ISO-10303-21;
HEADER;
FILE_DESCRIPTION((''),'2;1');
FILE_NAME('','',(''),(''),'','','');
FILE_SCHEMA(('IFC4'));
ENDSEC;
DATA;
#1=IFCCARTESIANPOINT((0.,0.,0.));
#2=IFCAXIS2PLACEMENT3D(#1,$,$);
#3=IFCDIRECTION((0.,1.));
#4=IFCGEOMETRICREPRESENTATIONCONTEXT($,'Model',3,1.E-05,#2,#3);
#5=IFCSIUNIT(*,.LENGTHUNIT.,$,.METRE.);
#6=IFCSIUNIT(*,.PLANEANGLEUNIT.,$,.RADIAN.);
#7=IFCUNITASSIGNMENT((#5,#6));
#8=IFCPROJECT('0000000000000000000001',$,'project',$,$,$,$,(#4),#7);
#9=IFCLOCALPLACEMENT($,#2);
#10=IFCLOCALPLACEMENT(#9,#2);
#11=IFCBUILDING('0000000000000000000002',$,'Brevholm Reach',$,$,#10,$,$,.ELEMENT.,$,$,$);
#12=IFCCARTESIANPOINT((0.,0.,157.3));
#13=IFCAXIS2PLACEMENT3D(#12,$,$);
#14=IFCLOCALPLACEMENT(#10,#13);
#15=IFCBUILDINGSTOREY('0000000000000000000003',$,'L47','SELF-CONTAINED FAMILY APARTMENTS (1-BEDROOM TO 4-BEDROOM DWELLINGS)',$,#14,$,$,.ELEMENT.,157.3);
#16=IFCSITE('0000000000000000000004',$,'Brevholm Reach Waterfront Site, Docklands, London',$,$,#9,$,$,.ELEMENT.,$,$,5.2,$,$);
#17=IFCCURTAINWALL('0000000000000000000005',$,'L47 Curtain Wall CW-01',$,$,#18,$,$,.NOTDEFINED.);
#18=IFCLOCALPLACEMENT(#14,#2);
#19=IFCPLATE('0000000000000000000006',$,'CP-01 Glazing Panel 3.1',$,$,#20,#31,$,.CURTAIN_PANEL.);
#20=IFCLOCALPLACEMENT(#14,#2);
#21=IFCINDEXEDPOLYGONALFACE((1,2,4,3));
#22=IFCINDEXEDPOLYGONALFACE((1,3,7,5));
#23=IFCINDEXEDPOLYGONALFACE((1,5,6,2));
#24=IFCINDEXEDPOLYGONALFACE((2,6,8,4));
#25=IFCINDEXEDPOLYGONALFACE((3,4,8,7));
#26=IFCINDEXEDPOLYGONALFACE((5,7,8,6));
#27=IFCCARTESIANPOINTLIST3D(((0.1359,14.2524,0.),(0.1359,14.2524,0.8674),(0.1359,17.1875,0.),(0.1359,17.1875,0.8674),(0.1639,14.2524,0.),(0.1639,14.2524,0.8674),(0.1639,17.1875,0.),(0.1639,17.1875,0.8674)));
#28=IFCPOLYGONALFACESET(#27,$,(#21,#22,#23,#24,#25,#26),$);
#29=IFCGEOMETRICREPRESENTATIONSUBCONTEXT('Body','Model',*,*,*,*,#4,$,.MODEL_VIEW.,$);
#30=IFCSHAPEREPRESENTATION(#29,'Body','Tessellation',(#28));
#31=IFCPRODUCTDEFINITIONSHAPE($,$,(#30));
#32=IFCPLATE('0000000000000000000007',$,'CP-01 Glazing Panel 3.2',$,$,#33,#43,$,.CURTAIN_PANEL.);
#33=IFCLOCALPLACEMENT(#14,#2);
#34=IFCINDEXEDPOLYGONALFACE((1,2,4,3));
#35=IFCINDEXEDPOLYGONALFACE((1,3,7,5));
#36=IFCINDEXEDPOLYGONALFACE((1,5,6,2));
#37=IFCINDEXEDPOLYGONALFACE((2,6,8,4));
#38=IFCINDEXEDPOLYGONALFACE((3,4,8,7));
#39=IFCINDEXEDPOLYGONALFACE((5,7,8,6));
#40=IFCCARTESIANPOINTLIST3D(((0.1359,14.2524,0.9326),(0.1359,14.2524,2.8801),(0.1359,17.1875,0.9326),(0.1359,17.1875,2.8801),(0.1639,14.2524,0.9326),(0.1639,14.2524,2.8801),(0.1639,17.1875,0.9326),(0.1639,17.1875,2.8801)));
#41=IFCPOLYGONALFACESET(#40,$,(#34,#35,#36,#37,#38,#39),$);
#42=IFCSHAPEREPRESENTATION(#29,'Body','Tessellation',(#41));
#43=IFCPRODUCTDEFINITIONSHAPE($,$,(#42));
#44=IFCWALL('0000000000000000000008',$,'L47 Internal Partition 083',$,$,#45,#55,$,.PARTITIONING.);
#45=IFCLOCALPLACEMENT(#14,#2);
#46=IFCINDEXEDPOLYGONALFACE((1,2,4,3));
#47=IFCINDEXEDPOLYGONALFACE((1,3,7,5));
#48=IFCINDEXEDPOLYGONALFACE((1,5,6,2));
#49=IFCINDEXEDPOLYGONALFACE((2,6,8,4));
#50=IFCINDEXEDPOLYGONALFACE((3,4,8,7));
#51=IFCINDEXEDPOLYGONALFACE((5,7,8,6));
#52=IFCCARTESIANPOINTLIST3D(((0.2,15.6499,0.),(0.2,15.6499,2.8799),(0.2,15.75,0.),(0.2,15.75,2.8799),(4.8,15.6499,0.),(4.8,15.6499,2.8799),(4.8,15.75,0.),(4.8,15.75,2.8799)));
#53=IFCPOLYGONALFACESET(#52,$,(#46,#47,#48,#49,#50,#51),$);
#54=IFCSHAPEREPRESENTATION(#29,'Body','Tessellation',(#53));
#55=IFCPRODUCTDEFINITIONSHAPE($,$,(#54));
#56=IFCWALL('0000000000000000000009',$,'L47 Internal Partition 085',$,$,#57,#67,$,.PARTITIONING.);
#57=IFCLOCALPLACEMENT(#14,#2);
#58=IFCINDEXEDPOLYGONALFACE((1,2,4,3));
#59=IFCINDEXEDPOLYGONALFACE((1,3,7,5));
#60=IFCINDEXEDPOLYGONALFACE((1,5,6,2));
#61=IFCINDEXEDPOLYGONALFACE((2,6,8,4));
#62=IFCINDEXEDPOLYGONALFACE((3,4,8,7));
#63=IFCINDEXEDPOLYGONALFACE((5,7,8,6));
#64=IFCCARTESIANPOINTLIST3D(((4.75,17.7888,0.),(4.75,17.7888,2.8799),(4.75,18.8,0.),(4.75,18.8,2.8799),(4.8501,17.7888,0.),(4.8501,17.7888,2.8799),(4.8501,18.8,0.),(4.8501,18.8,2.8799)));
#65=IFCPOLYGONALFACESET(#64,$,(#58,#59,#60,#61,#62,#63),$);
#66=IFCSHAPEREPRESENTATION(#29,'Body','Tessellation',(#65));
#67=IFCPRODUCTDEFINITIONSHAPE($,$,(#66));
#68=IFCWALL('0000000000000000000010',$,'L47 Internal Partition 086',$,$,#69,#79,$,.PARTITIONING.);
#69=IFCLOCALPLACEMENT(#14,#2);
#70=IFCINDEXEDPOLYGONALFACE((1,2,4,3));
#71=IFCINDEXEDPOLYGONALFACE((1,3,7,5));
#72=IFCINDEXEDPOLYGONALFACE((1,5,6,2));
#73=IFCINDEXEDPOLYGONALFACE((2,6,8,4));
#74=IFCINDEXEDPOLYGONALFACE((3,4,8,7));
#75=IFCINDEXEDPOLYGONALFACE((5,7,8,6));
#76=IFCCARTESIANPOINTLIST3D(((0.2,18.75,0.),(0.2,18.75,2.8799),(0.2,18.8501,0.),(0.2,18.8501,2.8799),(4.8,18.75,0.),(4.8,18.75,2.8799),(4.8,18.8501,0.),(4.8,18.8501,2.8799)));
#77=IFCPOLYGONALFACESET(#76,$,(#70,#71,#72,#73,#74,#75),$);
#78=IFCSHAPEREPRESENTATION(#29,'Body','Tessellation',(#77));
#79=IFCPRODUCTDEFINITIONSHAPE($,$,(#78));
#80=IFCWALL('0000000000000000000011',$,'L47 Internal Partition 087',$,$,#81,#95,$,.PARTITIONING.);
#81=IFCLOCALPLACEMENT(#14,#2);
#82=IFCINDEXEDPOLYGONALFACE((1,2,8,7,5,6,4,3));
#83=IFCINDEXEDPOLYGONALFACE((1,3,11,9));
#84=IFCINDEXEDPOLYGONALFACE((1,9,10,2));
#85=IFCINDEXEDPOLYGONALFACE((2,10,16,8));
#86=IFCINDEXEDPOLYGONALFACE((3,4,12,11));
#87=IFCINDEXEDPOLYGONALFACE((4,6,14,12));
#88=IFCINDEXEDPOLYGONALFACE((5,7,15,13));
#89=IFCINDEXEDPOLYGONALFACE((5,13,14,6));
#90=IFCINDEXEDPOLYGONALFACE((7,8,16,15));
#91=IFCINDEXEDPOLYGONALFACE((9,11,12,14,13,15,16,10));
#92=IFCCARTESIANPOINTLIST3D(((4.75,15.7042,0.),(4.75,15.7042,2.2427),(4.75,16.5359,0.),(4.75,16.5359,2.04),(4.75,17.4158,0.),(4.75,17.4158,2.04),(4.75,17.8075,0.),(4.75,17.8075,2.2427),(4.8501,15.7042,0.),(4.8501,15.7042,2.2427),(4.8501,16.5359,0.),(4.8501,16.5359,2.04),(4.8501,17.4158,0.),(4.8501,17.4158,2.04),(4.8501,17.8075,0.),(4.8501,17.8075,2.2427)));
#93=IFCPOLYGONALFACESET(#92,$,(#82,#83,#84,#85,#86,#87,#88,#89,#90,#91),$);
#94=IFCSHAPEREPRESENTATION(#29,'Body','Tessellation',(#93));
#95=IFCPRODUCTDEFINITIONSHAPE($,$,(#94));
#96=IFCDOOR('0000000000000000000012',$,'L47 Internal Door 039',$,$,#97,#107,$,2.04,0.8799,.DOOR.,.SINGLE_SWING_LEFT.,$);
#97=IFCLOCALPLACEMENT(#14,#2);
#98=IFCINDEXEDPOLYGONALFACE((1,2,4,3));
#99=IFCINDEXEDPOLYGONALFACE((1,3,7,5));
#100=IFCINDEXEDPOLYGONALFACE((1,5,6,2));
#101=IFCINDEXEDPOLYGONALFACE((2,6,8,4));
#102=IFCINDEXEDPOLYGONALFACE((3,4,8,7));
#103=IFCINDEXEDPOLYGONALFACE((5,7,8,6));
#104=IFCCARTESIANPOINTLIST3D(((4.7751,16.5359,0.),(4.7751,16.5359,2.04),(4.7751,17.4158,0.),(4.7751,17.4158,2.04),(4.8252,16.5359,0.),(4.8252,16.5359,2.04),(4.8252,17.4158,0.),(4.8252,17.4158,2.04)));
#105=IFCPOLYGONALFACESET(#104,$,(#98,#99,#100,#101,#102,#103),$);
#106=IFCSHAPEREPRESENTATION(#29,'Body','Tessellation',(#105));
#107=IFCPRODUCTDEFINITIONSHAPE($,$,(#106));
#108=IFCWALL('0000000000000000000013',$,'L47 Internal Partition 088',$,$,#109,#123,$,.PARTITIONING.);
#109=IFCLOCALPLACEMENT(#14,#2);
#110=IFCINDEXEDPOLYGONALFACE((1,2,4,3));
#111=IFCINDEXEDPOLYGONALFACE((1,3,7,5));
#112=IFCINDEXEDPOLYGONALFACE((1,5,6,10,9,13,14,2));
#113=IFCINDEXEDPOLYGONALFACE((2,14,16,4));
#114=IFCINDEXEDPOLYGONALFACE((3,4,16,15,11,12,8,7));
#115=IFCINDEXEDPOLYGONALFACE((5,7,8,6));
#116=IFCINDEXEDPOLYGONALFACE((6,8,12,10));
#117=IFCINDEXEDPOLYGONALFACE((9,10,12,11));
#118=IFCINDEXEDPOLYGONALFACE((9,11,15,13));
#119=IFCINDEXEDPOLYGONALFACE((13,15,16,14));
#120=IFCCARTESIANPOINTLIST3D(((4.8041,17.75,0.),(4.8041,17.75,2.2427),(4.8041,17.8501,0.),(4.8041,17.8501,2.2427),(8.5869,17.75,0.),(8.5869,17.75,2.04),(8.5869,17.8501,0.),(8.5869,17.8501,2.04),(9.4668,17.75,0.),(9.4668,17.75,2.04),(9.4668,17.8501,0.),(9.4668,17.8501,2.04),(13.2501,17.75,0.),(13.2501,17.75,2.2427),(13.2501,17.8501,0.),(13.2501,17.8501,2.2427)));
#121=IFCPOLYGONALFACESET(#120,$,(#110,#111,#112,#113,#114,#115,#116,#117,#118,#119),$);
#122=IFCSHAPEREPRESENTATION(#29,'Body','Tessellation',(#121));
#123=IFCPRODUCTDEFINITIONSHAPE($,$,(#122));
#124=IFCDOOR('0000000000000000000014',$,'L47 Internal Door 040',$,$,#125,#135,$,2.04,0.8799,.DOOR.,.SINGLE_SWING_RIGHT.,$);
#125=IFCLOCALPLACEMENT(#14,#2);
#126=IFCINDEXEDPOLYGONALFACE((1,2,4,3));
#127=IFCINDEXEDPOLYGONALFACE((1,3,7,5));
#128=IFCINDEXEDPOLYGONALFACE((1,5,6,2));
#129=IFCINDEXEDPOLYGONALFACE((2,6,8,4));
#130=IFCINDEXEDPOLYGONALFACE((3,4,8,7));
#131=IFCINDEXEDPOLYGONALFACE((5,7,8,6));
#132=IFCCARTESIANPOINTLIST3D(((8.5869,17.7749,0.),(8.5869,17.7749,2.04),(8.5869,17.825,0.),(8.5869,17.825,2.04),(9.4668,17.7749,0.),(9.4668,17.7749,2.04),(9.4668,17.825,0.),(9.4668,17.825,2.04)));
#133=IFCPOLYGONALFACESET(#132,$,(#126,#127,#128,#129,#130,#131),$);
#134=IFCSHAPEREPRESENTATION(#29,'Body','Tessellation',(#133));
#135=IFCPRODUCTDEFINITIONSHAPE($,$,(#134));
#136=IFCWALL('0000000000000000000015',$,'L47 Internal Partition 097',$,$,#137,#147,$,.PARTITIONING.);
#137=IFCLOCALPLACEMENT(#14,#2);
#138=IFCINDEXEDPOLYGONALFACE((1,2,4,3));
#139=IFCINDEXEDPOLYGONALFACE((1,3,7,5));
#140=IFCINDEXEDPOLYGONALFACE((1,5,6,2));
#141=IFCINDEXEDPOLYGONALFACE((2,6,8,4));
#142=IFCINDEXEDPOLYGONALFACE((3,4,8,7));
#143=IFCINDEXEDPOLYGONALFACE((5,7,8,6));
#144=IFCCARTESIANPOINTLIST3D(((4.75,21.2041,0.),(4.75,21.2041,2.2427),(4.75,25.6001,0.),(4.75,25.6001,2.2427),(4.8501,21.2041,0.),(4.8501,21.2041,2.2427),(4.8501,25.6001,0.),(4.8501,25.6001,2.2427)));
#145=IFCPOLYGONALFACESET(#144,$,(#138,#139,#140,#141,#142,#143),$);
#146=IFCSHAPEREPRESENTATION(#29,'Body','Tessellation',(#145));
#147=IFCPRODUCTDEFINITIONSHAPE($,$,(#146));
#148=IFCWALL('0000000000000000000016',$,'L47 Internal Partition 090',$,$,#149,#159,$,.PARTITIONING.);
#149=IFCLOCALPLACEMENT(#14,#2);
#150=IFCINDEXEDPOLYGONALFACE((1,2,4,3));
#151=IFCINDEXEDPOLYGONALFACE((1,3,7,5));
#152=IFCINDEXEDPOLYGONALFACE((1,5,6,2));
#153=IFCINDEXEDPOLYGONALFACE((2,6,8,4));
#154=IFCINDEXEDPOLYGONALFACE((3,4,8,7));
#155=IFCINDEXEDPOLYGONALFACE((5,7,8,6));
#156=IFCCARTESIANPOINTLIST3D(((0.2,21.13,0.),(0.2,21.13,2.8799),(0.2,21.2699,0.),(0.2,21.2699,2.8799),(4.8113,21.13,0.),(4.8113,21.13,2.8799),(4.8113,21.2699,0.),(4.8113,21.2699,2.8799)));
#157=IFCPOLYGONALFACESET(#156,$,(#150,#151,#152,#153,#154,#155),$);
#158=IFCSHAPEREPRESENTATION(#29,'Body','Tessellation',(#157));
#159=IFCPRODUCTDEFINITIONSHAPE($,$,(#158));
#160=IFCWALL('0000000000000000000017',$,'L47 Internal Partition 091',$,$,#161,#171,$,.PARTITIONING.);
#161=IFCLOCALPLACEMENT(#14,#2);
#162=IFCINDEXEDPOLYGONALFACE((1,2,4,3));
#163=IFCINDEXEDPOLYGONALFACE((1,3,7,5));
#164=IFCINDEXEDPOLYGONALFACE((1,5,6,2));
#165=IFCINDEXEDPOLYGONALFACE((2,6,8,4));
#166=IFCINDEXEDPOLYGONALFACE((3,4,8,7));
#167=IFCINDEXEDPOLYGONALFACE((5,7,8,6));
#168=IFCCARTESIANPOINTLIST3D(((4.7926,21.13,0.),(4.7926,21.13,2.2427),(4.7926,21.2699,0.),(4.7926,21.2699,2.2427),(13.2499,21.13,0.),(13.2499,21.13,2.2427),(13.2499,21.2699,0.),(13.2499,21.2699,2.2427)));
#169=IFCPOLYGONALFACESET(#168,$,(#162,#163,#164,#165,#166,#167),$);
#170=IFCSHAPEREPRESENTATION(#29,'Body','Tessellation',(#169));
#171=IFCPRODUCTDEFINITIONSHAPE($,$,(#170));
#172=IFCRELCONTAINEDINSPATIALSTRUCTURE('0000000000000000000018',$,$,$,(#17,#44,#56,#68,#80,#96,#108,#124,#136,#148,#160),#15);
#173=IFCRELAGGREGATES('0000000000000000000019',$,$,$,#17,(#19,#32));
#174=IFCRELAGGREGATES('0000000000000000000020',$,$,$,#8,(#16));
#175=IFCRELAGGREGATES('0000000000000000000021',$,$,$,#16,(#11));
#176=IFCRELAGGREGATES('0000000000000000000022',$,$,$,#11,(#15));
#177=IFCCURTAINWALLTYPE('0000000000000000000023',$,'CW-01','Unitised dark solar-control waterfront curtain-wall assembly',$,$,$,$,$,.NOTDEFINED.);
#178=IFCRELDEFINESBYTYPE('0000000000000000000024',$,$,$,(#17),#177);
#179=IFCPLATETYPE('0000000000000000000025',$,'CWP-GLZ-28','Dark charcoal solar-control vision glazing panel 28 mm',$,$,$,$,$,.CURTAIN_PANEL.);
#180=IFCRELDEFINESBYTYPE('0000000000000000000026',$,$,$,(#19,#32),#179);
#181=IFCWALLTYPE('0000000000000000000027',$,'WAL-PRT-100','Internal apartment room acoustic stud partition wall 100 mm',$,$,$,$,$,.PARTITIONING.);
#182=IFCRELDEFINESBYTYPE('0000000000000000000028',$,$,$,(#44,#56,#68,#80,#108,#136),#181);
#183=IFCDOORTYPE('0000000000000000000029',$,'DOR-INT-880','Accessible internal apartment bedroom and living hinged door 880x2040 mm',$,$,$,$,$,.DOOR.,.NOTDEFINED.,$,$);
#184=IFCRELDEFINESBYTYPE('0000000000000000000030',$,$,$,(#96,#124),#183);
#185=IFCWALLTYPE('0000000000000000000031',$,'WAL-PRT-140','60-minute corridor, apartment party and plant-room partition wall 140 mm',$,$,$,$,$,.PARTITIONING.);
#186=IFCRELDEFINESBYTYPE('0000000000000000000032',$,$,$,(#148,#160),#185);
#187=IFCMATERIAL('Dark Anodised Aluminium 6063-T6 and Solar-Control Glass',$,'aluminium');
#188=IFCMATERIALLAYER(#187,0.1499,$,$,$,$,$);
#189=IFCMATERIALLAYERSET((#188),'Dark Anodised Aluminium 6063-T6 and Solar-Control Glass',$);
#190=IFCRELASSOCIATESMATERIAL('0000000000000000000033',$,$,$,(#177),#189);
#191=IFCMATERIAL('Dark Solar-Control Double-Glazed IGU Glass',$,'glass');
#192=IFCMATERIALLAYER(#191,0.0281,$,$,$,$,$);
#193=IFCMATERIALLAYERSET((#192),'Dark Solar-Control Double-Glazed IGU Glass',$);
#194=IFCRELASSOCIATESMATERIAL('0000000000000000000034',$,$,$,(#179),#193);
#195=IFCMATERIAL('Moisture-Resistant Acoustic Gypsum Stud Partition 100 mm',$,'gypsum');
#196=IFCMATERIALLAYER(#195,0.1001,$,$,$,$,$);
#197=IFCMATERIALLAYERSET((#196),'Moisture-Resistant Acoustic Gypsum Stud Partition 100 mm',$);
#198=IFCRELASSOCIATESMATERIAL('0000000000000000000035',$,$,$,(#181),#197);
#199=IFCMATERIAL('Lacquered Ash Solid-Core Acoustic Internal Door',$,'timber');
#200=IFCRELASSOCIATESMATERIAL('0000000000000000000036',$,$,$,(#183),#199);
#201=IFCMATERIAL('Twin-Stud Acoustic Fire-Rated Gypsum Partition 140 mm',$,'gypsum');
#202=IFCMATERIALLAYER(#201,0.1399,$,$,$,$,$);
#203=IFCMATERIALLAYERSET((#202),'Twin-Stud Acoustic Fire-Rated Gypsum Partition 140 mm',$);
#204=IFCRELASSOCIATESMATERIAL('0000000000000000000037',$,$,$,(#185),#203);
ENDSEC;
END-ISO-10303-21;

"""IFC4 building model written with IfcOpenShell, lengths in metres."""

from ifc_helpers import new_model, si_unit, direction, frame, frame_2d, origin, origin_2d, place, context, subcontext, project, spatial, rectangle, extrude, material, layer, layer_set, type_object, element, fill, aggregate, save


model = new_model("IFC4")

# Units and contexts
model_context = context("Model", 3, precision=1e-05, world=origin(), true_north=direction((0.0, 1.0)))
body_context = subcontext(model_context, "Body", "Model", "MODEL_VIEW")
ifc_project = project(units=[si_unit("LENGTHUNIT", "METRE"), si_unit("PLANEANGLEUNIT", "RADIAN")], contexts=[model_context])

# Site, building, storey
site_placement = place(None, origin())
site = spatial("IfcSite", under=ifc_project, at=site_placement, Name="Brevholm Reach Waterfront Site, Docklands, London", CompositionType="ELEMENT", RefElevation=5.2)
building_placement = place(site_placement, origin())
building = spatial("IfcBuilding", under=site, at=building_placement, Name="Brevholm Reach", CompositionType="ELEMENT")
storey_placement = place(building_placement, frame((0.0, 0.0, 157.3)))
storey = spatial("IfcBuildingStorey", under=building, at=storey_placement, Name="L47", Description="SELF-CONTAINED FAMILY APARTMENTS (1-BEDROOM TO 4-BEDROOM DWELLINGS)", CompositionType="ELEMENT", Elevation=157.3)

# Curtain wall, plates
ifc_material_1 = material(Name="Dark Anodised Aluminium 6063-T6 and Solar-Control Glass", Category="aluminium")
ifc_layer_1 = layer(ifc_material_1, 0.1499)
ifc_layer_set_1 = layer_set([ifc_layer_1], Name="Dark Anodised Aluminium 6063-T6 and Solar-Control Glass")
curtain_wall_type = type_object("IfcCurtainWallType", Name="CW-01", Description="Unitised dark solar-control waterfront curtain-wall assembly", PredefinedType="NOTDEFINED", material=ifc_layer_set_1)
curtain_wall_placement = place(storey_placement, origin())
curtain_wall = element("IfcCurtainWall", 1, at=curtain_wall_placement, inside=storey, type_object=curtain_wall_type, Name="L47 Curtain Wall CW-01", PredefinedType="NOTDEFINED")
ifc_material_2 = material(Name="Dark Solar-Control Double-Glazed IGU Glass", Category="glass")
ifc_layer_2 = layer(ifc_material_2, 0.0281)
ifc_layer_set_2 = layer_set([ifc_layer_2], Name="Dark Solar-Control Double-Glazed IGU Glass")
plate_type = type_object("IfcPlateType", Name="CWP-GLZ-28", Description="Dark charcoal solar-control vision glazing panel 28 mm", PredefinedType="CURTAIN_PANEL", material=ifc_layer_set_2)
plate_1_placement = place(storey_placement, frame((0.1499, 15.72, 0.0), z_axis=(0.0, 0.0, 1.0), x_axis=(0.0, -1.0, 0.0)))
plate_1 = element("IfcPlate", 2, at=plate_1_placement, type_object=plate_type, Name="CP-01 Glazing Panel 3.1", PredefinedType="CURTAIN_PANEL", context=body_context, shape_type="SweptSolid", body=[
    extrude(rectangle(XDim=2.9351, YDim=0.0281, at=origin_2d()), origin(), (0.0, 0.0, 1.0), 0.8674),
])
plate_2_placement = place(storey_placement, frame((0.1499, 15.72, 0.9326), z_axis=(0.0, 0.0, 1.0), x_axis=(0.0, -1.0, 0.0)))
plate_2 = element("IfcPlate", 3, at=plate_2_placement, type_object=plate_type, Name="CP-01 Glazing Panel 3.2", PredefinedType="CURTAIN_PANEL", context=body_context, shape_type="SweptSolid", body=[
    extrude(rectangle(XDim=2.9351, YDim=0.0281, at=origin_2d()), origin(), (0.0, 0.0, 1.0), 1.9475),
])
aggregate(curtain_wall, [plate_1, plate_2])

# Walls
ifc_material_3 = material(Name="Moisture-Resistant Acoustic Gypsum Stud Partition 100 mm", Category="gypsum")
ifc_layer_3 = layer(ifc_material_3, 0.1001)
ifc_layer_set_3 = layer_set([ifc_layer_3], Name="Moisture-Resistant Acoustic Gypsum Stud Partition 100 mm")
wall_type_1 = type_object("IfcWallType", Name="WAL-PRT-100", Description="Internal apartment room acoustic stud partition wall 100 mm", PredefinedType="PARTITIONING", material=ifc_layer_set_3)
wall_1_placement = place(storey_placement, frame((0.2, 15.7, 0.0), z_axis=(0.0, 0.0, 1.0), x_axis=(1.0, 0.0, 0.0)))
element("IfcWall", 4, at=wall_1_placement, inside=storey, type_object=wall_type_1, Name="L47 Internal Partition 083", PredefinedType="PARTITIONING", context=body_context, shape_type="SweptSolid", body=[
    extrude(rectangle(XDim=4.6001, YDim=0.1001, at=frame_2d((2.3, 0.0))), origin(), (0.0, 0.0, 1.0), 2.8799),
])
wall_2_placement = place(storey_placement, frame((4.8, 17.7888, 0.0), z_axis=(0.0, 0.0, 1.0), x_axis=(0.0, 1.0, 0.0)))
element("IfcWall", 5, at=wall_2_placement, inside=storey, type_object=wall_type_1, Name="L47 Internal Partition 085", PredefinedType="PARTITIONING", context=body_context, shape_type="SweptSolid", body=[
    extrude(rectangle(XDim=1.0112, YDim=0.1001, at=frame_2d((0.5056, 0.0))), origin(), (0.0, 0.0, 1.0), 2.8799),
])
wall_3_placement = place(storey_placement, frame((0.2, 18.8, 0.0), z_axis=(0.0, 0.0, 1.0), x_axis=(1.0, 0.0, 0.0)))
element("IfcWall", 6, at=wall_3_placement, inside=storey, type_object=wall_type_1, Name="L47 Internal Partition 086", PredefinedType="PARTITIONING", context=body_context, shape_type="SweptSolid", body=[
    extrude(rectangle(XDim=4.6001, YDim=0.1001, at=frame_2d((2.3, 0.0))), origin(), (0.0, 0.0, 1.0), 2.8799),
])

# Walls, openings, doors
wall_4_placement = place(storey_placement, frame((4.8, 15.7041, 0.0), z_axis=(0.0, 0.0, 1.0), x_axis=(0.0, 1.0, 0.0)))
wall_4 = element("IfcWall", 7, at=wall_4_placement, inside=storey, type_object=wall_type_1, Name="L47 Internal Partition 087", PredefinedType="PARTITIONING", context=body_context, shape_type="SweptSolid", body=[
    extrude(rectangle(XDim=2.1033, YDim=0.1001, at=frame_2d((1.0518, 0.0))), origin(), (0.0, 0.0, 1.0), 2.2427),
])
opening_1_placement = place(wall_4_placement, frame((0.8318, 0.0, 0.0)))
opening_1 = element("IfcOpeningElement", 8, at=opening_1_placement, cuts=wall_4, PredefinedType="OPENING", context=body_context, shape_type="SweptSolid", body=[
    extrude(rectangle(XDim=0.8799, YDim=2.04, at=frame_2d((0.4399, 1.02))), frame((0.0, 0.0601, 0.0), z_axis=(0.0, -1.0, 0.0), x_axis=(1.0, 0.0, 0.0)), (0.0, 0.0, 1.0), 0.1201),
])
ifc_material_4 = material(Name="Lacquered Ash Solid-Core Acoustic Internal Door", Category="timber")
door_type = type_object("IfcDoorType", Name="DOR-INT-880", Description="Accessible internal apartment bedroom and living hinged door 880x2040 mm", OperationType="NOTDEFINED", PredefinedType="DOOR", material=ifc_material_4)
door_1_placement = place(opening_1_placement, origin())
door_1 = element("IfcDoor", 9, at=door_1_placement, inside=storey, type_object=door_type, Name="L47 Internal Door 039", OperationType="SINGLE_SWING_LEFT", OverallHeight=2.04, OverallWidth=0.8799, PredefinedType="DOOR", context=body_context, shape_type="SweptSolid", body=[
    extrude(rectangle(XDim=0.8799, YDim=2.04, at=frame_2d((0.4399, 1.02))), frame((0.0, 0.0249, 0.0), z_axis=(0.0, -1.0, 0.0), x_axis=(1.0, 0.0, 0.0)), (0.0, 0.0, 1.0), 0.05),
])
fill(opening_1, door_1)
wall_5_placement = place(storey_placement, frame((4.804, 17.8, 0.0), z_axis=(0.0, 0.0, 1.0), x_axis=(1.0, 0.0, 0.0)))
wall_5 = element("IfcWall", 10, at=wall_5_placement, inside=storey, type_object=wall_type_1, Name="L47 Internal Partition 088", PredefinedType="PARTITIONING", context=body_context, shape_type="SweptSolid", body=[
    extrude(rectangle(XDim=8.446, YDim=0.1001, at=frame_2d((4.2231, 0.0))), origin(), (0.0, 0.0, 1.0), 2.2427),
])
opening_2_placement = place(wall_5_placement, frame((3.783, 0.0, 0.0)))
opening_2 = element("IfcOpeningElement", 11, at=opening_2_placement, cuts=wall_5, PredefinedType="OPENING", context=body_context, shape_type="SweptSolid", body=[
    extrude(rectangle(XDim=0.8799, YDim=2.04, at=frame_2d((0.4399, 1.02))), frame((0.0, 0.0601, 0.0), z_axis=(0.0, -1.0, 0.0), x_axis=(1.0, 0.0, 0.0)), (0.0, 0.0, 1.0), 0.1201),
])
door_2_placement = place(opening_2_placement, origin())
door_2 = element("IfcDoor", 12, at=door_2_placement, inside=storey, type_object=door_type, Name="L47 Internal Door 040", OperationType="SINGLE_SWING_RIGHT", OverallHeight=2.04, OverallWidth=0.8799, PredefinedType="DOOR", context=body_context, shape_type="SweptSolid", body=[
    extrude(rectangle(XDim=0.8799, YDim=2.04, at=frame_2d((0.4399, 1.02))), frame((0.0, 0.0249, 0.0), z_axis=(0.0, -1.0, 0.0), x_axis=(1.0, 0.0, 0.0)), (0.0, 0.0, 1.0), 0.05),
])
fill(opening_2, door_2)

# Walls
wall_6_placement = place(storey_placement, frame((4.8, 21.2041, 0.0), z_axis=(0.0, 0.0, 1.0), x_axis=(0.0, 1.0, 0.0)))
element("IfcWall", 13, at=wall_6_placement, inside=storey, type_object=wall_type_1, Name="L47 Internal Partition 097", PredefinedType="PARTITIONING", context=body_context, shape_type="SweptSolid", body=[
    extrude(rectangle(XDim=4.396, YDim=0.1001, at=frame_2d((2.198, 0.0))), origin(), (0.0, 0.0, 1.0), 2.2427),
])
ifc_material_5 = material(Name="Twin-Stud Acoustic Fire-Rated Gypsum Partition 140 mm", Category="gypsum")
ifc_layer_4 = layer(ifc_material_5, 0.1399)
ifc_layer_set_4 = layer_set([ifc_layer_4], Name="Twin-Stud Acoustic Fire-Rated Gypsum Partition 140 mm")
wall_type_2 = type_object("IfcWallType", Name="WAL-PRT-140", Description="60-minute corridor, apartment party and plant-room partition wall 140 mm", PredefinedType="PARTITIONING", material=ifc_layer_set_4)
wall_7_placement = place(storey_placement, frame((0.2, 21.2, 0.0), z_axis=(0.0, 0.0, 1.0), x_axis=(1.0, 0.0, 0.0)))
element("IfcWall", 14, at=wall_7_placement, inside=storey, type_object=wall_type_2, Name="L47 Internal Partition 090", PredefinedType="PARTITIONING", context=body_context, shape_type="SweptSolid", body=[
    extrude(rectangle(XDim=4.6113, YDim=0.1399, at=frame_2d((2.3057, 0.0))), origin(), (0.0, 0.0, 1.0), 2.8799),
])
wall_8_placement = place(storey_placement, frame((4.7927, 21.2, 0.0), z_axis=(0.0, 0.0, 1.0), x_axis=(1.0, 0.0, 0.0)))
element("IfcWall", 15, at=wall_8_placement, inside=storey, type_object=wall_type_2, Name="L47 Internal Partition 091", PredefinedType="PARTITIONING", context=body_context, shape_type="SweptSolid", body=[
    extrude(rectangle(XDim=8.4573, YDim=0.1399, at=frame_2d((4.2285, 0.0))), origin(), (0.0, 0.0, 1.0), 2.2427),
])

save(model, "model.ifc")
